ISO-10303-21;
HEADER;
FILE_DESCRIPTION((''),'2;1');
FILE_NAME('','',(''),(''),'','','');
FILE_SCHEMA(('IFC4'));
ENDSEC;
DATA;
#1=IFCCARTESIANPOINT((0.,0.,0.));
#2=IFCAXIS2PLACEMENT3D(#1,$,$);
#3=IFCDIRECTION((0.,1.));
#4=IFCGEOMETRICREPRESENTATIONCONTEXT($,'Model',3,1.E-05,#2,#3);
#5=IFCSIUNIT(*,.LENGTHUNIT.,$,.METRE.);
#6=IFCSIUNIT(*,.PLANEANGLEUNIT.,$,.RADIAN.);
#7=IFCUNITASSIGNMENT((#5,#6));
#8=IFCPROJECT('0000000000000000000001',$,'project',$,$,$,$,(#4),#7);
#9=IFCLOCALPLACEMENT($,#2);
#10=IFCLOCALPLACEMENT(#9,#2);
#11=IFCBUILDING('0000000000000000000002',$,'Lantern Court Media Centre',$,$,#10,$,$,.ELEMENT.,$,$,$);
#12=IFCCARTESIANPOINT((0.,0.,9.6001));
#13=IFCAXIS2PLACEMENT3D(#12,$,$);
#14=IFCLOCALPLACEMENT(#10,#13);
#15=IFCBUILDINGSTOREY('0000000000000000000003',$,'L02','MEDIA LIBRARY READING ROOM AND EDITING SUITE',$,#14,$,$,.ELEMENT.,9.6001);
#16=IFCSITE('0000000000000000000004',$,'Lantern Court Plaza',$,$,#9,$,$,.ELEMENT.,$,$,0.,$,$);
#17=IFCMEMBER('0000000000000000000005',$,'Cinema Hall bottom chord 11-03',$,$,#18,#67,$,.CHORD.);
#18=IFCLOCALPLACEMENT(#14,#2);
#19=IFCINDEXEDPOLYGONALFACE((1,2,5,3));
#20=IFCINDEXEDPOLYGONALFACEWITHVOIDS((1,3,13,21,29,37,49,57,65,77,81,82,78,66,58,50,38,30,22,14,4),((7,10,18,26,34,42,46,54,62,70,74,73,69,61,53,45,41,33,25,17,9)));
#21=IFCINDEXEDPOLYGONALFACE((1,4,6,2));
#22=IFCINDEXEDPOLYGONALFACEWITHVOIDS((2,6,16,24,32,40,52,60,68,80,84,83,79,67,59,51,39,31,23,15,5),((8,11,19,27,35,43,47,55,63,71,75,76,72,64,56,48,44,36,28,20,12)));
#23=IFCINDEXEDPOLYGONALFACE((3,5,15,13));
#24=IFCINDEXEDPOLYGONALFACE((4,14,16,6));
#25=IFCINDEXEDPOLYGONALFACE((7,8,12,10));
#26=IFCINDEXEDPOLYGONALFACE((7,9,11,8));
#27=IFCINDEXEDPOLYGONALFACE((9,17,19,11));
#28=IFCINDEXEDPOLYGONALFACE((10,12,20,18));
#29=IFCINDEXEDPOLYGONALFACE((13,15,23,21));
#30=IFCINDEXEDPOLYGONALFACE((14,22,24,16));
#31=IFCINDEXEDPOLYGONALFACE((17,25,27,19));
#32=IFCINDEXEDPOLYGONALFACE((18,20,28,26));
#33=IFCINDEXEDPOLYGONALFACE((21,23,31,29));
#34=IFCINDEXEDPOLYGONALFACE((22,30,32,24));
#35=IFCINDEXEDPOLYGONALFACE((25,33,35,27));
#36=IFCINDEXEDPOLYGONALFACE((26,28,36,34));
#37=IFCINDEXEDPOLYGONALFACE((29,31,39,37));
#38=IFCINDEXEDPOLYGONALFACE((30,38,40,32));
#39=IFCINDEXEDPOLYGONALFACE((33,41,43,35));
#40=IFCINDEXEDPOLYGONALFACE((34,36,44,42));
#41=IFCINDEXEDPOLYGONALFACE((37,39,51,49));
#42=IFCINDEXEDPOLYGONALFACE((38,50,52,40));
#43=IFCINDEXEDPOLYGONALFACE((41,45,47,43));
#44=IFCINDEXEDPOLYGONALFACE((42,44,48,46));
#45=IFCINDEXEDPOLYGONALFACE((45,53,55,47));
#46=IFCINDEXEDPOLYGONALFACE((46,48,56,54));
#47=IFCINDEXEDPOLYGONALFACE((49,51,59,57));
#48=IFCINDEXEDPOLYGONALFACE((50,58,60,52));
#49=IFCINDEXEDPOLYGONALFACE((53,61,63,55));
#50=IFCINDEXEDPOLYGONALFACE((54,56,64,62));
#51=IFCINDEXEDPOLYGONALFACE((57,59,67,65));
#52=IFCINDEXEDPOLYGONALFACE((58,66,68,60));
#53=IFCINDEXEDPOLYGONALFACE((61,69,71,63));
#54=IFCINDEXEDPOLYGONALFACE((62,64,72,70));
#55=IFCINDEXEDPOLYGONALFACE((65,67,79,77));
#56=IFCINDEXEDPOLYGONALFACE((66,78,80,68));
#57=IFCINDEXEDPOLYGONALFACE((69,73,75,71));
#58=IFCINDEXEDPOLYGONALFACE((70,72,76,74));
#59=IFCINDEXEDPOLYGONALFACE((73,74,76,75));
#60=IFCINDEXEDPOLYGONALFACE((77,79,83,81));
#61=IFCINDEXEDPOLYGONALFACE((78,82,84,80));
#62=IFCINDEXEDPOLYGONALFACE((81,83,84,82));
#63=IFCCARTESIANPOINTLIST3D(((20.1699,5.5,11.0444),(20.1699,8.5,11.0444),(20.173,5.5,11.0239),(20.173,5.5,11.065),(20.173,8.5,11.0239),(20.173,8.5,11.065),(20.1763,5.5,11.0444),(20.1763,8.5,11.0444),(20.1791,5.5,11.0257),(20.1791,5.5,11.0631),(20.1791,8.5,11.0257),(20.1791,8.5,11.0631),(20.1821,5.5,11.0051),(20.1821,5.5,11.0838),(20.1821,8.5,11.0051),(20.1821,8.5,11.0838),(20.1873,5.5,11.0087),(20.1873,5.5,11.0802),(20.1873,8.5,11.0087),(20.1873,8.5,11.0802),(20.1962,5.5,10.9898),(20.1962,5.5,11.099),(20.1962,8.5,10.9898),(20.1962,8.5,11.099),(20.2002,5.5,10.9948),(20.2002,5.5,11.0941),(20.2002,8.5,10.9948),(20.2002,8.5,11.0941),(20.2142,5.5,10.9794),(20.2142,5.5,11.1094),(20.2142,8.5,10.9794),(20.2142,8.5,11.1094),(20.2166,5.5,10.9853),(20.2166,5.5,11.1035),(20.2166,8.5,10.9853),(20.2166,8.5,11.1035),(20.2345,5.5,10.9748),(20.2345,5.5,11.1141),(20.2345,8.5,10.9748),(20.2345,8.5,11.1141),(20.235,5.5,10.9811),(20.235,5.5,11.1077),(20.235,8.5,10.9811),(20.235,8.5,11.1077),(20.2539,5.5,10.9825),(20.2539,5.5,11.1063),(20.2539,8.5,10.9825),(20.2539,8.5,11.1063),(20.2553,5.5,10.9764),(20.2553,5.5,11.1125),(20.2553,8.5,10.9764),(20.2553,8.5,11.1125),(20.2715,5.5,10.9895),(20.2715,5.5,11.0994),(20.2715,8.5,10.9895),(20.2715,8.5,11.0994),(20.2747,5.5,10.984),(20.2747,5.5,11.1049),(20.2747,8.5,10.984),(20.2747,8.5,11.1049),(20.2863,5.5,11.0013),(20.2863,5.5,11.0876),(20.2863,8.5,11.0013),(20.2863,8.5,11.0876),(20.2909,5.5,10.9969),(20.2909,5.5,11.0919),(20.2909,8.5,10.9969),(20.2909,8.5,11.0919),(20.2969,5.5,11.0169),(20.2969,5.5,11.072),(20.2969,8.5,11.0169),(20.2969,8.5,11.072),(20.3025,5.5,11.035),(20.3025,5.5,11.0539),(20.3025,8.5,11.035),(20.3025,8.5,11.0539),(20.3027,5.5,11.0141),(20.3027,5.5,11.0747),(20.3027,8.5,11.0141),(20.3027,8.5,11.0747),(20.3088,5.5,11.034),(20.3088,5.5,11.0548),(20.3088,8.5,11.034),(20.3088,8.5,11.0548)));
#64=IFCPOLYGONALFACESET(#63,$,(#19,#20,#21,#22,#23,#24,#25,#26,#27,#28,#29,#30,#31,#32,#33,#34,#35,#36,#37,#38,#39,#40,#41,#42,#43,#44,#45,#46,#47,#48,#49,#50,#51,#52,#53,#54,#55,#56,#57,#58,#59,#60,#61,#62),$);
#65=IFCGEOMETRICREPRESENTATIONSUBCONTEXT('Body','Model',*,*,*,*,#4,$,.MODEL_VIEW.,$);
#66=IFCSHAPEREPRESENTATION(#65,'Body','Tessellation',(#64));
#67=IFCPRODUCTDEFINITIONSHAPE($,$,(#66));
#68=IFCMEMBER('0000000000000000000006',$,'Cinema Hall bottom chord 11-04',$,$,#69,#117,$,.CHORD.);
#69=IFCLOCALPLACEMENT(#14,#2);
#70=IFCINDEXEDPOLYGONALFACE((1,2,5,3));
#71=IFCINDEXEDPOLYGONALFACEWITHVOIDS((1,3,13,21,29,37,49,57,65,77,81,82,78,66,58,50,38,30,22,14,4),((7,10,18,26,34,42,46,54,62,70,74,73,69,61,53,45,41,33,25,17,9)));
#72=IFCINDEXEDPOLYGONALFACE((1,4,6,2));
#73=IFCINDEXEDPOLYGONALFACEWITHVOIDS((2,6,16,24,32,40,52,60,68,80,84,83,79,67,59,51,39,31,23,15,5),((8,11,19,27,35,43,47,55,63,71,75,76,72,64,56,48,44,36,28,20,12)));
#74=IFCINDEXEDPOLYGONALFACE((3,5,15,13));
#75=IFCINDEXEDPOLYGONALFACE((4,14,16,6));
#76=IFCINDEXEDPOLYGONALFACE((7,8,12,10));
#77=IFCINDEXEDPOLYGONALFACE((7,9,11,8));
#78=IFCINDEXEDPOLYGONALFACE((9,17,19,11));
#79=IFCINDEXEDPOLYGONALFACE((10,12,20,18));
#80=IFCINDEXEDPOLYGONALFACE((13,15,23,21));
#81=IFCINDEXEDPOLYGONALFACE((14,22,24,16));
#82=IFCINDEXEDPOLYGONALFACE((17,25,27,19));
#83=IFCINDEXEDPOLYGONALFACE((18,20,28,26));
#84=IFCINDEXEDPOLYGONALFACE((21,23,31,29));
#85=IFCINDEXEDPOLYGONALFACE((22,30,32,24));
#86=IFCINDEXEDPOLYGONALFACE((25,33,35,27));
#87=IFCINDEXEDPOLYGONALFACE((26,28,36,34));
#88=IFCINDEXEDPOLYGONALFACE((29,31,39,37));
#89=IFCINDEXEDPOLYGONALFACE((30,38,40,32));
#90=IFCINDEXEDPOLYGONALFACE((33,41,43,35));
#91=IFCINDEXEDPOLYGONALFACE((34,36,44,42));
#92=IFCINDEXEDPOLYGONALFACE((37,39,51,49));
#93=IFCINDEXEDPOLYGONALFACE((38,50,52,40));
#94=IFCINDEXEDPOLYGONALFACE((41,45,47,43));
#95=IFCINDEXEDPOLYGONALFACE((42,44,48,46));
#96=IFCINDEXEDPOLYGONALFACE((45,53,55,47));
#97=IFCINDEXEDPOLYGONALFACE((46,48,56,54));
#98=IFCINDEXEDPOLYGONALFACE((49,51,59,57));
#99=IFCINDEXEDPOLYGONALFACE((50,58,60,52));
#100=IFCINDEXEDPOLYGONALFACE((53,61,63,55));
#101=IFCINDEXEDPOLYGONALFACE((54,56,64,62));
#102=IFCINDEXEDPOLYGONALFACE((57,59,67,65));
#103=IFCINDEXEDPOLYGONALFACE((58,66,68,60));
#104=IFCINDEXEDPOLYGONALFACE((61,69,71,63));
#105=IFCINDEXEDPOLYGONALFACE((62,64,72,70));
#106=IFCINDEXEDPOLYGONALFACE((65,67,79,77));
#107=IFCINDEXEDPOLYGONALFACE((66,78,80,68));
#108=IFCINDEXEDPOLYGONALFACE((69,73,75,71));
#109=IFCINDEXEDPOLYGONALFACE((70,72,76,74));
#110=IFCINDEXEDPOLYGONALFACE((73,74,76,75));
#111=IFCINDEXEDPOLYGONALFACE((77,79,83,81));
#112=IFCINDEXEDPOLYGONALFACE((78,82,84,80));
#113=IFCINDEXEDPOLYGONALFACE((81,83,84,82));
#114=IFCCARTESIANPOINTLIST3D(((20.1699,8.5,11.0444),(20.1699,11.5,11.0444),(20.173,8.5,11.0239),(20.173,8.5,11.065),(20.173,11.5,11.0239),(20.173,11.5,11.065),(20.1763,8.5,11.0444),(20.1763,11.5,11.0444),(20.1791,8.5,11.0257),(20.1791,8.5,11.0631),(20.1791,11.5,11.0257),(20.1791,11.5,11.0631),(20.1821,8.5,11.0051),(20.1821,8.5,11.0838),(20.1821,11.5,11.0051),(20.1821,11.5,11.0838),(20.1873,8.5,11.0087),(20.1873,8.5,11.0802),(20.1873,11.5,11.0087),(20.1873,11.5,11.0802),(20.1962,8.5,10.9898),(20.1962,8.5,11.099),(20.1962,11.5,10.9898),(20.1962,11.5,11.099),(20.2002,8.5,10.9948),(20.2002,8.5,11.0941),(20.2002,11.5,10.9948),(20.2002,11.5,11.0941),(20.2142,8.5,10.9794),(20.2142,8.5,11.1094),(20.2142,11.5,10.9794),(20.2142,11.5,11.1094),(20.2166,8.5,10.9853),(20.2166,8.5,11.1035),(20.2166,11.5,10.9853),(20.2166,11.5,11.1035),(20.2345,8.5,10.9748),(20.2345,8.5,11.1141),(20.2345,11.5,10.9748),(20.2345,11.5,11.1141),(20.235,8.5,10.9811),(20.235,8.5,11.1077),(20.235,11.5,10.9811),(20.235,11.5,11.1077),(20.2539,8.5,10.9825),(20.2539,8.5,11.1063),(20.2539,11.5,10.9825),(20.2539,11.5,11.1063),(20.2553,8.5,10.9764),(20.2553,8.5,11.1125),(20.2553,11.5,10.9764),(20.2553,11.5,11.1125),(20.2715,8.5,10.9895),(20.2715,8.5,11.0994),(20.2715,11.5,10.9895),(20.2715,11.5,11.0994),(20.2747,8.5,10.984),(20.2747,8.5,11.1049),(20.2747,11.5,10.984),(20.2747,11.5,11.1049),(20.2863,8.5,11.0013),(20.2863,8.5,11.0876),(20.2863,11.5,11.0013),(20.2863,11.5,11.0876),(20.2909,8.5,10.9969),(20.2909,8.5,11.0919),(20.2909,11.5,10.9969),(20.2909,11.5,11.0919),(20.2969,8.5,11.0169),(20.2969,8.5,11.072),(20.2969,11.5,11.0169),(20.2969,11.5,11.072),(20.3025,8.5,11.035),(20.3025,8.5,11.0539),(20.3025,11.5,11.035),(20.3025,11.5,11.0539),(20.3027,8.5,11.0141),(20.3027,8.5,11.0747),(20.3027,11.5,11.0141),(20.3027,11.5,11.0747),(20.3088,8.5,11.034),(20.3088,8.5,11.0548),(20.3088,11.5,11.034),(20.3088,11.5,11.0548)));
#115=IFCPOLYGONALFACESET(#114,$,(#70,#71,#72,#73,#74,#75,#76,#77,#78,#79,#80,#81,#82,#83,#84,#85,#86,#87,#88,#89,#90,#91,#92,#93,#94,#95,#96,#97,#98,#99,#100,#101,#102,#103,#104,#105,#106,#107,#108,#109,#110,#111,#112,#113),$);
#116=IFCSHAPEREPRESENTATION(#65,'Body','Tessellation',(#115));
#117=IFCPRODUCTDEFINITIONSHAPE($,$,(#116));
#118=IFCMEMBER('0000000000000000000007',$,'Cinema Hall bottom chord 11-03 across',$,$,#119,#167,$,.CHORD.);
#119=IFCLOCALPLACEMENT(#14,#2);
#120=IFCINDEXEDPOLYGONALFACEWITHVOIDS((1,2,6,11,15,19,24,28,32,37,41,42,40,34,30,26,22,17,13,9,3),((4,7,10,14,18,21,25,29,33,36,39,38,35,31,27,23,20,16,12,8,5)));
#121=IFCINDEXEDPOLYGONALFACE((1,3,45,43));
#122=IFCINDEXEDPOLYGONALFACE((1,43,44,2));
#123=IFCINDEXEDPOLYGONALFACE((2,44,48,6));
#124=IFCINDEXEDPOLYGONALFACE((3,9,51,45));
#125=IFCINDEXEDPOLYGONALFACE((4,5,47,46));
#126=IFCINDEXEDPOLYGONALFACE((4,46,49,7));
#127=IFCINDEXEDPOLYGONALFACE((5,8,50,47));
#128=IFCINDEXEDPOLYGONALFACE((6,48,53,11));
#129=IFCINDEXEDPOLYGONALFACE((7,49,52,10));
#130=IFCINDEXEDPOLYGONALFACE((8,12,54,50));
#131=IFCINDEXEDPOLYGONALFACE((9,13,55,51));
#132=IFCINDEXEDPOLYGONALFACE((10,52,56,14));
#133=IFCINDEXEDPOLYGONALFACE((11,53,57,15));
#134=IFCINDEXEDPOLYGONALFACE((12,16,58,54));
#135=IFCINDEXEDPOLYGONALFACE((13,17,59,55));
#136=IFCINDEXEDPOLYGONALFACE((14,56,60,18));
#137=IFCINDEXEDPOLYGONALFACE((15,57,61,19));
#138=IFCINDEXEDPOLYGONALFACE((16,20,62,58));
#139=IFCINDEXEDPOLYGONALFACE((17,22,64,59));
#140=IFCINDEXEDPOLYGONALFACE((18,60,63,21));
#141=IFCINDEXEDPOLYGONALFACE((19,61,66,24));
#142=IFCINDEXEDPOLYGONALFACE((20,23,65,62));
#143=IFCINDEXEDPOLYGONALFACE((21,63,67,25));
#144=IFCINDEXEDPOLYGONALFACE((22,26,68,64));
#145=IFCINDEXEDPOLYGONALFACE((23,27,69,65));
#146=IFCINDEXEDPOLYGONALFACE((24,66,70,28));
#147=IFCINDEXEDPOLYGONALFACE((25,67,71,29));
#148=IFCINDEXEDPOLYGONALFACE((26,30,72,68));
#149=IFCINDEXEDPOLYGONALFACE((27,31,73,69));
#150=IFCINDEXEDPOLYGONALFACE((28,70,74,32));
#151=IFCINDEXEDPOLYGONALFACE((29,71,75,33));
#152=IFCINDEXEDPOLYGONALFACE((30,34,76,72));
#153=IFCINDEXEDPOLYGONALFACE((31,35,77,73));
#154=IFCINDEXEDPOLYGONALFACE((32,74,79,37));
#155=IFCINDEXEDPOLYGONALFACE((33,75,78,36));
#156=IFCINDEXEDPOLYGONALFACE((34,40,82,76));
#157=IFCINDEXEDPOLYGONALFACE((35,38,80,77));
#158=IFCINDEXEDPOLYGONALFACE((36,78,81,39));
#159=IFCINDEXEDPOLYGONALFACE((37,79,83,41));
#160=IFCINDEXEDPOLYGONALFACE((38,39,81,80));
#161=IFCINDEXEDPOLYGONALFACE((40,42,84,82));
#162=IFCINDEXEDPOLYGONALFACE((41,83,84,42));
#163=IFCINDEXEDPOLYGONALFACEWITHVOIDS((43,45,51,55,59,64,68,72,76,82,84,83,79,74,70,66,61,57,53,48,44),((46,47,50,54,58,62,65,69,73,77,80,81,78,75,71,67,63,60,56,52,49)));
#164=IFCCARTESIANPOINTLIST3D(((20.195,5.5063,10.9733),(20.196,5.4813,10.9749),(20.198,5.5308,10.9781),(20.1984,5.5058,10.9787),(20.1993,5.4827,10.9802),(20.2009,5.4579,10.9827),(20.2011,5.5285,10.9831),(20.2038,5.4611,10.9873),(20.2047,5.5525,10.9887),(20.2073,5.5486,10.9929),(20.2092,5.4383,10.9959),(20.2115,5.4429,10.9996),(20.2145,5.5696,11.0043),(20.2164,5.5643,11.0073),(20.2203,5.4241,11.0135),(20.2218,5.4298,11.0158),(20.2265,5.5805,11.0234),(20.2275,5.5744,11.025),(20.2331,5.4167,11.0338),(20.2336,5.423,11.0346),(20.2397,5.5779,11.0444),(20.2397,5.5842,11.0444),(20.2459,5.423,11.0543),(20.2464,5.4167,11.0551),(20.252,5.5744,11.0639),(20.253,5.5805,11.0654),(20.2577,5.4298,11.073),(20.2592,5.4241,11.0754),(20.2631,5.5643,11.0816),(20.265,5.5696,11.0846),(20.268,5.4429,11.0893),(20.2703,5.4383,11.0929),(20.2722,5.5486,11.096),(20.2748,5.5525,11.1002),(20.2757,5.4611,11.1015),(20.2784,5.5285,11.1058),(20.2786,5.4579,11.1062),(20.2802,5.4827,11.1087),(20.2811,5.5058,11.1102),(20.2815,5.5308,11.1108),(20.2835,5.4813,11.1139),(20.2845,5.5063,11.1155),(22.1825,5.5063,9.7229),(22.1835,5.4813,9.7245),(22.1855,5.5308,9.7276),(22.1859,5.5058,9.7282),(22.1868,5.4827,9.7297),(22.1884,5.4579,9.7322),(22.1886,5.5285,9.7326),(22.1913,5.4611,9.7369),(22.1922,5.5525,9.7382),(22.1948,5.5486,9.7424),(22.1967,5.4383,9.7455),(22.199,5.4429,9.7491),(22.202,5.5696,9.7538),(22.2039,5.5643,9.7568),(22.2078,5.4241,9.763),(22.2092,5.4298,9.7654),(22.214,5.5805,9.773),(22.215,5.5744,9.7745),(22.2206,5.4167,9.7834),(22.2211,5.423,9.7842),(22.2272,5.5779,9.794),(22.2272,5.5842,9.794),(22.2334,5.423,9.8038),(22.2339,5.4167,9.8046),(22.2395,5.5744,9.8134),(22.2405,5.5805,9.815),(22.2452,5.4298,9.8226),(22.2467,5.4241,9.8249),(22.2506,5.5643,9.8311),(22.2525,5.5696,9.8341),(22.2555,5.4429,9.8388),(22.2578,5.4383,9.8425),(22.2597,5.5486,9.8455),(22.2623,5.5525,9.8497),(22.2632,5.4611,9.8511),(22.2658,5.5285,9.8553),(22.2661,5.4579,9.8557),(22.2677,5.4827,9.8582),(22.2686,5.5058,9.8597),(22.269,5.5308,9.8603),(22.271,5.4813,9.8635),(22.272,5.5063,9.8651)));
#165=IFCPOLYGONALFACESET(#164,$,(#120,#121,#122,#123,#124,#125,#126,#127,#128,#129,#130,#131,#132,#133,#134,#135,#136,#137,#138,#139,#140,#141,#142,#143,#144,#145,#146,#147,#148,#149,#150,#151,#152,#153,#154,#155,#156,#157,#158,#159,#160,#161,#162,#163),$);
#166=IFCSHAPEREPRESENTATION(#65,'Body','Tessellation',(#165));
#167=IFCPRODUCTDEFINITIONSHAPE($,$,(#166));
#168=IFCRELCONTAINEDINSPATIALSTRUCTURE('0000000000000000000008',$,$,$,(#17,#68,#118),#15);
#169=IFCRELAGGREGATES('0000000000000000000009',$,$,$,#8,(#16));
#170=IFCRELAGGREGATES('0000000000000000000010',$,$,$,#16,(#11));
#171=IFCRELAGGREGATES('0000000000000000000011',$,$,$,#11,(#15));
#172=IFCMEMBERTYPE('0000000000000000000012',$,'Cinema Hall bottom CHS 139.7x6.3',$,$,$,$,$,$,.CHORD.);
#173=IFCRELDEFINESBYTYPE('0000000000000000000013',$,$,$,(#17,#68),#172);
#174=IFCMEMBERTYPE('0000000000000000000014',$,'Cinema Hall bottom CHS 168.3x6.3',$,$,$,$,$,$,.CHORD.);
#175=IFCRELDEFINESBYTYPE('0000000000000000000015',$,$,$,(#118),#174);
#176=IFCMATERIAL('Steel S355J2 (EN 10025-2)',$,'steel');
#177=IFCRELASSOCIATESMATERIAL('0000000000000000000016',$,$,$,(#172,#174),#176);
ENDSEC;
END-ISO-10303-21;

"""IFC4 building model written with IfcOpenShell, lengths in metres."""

from ifc_helpers import new_model, si_unit, direction, frame, origin, origin_2d, place, context, subcontext, project, spatial, hollow_circle, extrude, material, material_profile, profile_set, type_object, element, save


model = new_model("IFC4")

# Units and contexts
model_context = context("Model", 3, precision=1e-05, world=origin(), true_north=direction((0.0, 1.0)))
body_context = subcontext(model_context, "Body", "Model", "MODEL_VIEW")
ifc_project = project(units=[si_unit("LENGTHUNIT", "METRE"), si_unit("PLANEANGLEUNIT", "RADIAN")], contexts=[model_context])

# Site, building, storey
site_placement = place(None, origin())
site = spatial("IfcSite", under=ifc_project, at=site_placement, Name="Lantern Court Plaza", CompositionType="ELEMENT", RefElevation=0.0)
building_placement = place(site_placement, origin())
building = spatial("IfcBuilding", under=site, at=building_placement, Name="Lantern Court Media Centre", CompositionType="ELEMENT")
storey_placement = place(building_placement, frame((0.0, 0.0, 9.6001)))
storey = spatial("IfcBuildingStorey", under=building, at=storey_placement, Name="L02", Description="MEDIA LIBRARY READING ROOM AND EDITING SUITE", CompositionType="ELEMENT", Elevation=9.6001)

# Members
ifc_material = material(Name="Steel S355J2 (EN 10025-2)", Category="steel")
ifc_material_profile_1 = material_profile(ifc_material, hollow_circle(Radius=0.0698, WallThickness=0.0063, at=origin_2d()), Name="Cinema Hall bottom CHS 139.7x6.3")
ifc_profile_set_1 = profile_set([ifc_material_profile_1], Name="Steel S355J2 (EN 10025-2)")
member_type_1 = type_object("IfcMemberType", Name="Cinema Hall bottom CHS 139.7x6.3", PredefinedType="CHORD", material=ifc_profile_set_1)
for number, where, z_axis, x_axis, name in (
    (1, (20.2397, 5.5, 11.0444), (0.0, 1.0, 0.0), (-1.0, 0.0, 0.0), "Cinema Hall bottom chord 11-03"),
    (2, (20.2397, 8.5, 11.0444), (0.0, 1.0, 0.0), (-1.0, 0.0, 0.0), "Cinema Hall bottom chord 11-04"),
):
    element("IfcMember", number, at=place(storey_placement, frame(where, z_axis=z_axis, x_axis=x_axis)), inside=storey, type_object=member_type_1, Name=name, PredefinedType="CHORD", context=body_context, shape_type="SweptSolid", body=[
        extrude(hollow_circle(Radius=0.0698, WallThickness=0.0063, at=origin_2d()), origin(), (0.0, 0.0, 1.0), 3.0),
    ])
ifc_material_profile_2 = material_profile(ifc_material, hollow_circle(Radius=0.0842, WallThickness=0.0063, at=origin_2d()), Name="Cinema Hall bottom CHS 168.3x6.3")
ifc_profile_set_2 = profile_set([ifc_material_profile_2], Name="Steel S355J2 (EN 10025-2)")
member_type_2 = type_object("IfcMemberType", Name="Cinema Hall bottom CHS 168.3x6.3", PredefinedType="CHORD", material=ifc_profile_set_2)
for number, where, z_axis, x_axis, name in (
    (3, (20.2397, 5.5, 11.0444), (0.846412, 0.0, -0.532529), (0.0, 1.0, 0.0), "Cinema Hall bottom chord 11-03 across"),
):
    element("IfcMember", number, at=place(storey_placement, frame(where, z_axis=z_axis, x_axis=x_axis)), inside=storey, type_object=member_type_2, Name=name, PredefinedType="CHORD", context=body_context, shape_type="SweptSolid", body=[
        extrude(hollow_circle(Radius=0.0842, WallThickness=0.0063, at=origin_2d()), origin(), (0.0, 0.0, 1.0), 2.3481),
    ])

save(model, "model.ifc")
